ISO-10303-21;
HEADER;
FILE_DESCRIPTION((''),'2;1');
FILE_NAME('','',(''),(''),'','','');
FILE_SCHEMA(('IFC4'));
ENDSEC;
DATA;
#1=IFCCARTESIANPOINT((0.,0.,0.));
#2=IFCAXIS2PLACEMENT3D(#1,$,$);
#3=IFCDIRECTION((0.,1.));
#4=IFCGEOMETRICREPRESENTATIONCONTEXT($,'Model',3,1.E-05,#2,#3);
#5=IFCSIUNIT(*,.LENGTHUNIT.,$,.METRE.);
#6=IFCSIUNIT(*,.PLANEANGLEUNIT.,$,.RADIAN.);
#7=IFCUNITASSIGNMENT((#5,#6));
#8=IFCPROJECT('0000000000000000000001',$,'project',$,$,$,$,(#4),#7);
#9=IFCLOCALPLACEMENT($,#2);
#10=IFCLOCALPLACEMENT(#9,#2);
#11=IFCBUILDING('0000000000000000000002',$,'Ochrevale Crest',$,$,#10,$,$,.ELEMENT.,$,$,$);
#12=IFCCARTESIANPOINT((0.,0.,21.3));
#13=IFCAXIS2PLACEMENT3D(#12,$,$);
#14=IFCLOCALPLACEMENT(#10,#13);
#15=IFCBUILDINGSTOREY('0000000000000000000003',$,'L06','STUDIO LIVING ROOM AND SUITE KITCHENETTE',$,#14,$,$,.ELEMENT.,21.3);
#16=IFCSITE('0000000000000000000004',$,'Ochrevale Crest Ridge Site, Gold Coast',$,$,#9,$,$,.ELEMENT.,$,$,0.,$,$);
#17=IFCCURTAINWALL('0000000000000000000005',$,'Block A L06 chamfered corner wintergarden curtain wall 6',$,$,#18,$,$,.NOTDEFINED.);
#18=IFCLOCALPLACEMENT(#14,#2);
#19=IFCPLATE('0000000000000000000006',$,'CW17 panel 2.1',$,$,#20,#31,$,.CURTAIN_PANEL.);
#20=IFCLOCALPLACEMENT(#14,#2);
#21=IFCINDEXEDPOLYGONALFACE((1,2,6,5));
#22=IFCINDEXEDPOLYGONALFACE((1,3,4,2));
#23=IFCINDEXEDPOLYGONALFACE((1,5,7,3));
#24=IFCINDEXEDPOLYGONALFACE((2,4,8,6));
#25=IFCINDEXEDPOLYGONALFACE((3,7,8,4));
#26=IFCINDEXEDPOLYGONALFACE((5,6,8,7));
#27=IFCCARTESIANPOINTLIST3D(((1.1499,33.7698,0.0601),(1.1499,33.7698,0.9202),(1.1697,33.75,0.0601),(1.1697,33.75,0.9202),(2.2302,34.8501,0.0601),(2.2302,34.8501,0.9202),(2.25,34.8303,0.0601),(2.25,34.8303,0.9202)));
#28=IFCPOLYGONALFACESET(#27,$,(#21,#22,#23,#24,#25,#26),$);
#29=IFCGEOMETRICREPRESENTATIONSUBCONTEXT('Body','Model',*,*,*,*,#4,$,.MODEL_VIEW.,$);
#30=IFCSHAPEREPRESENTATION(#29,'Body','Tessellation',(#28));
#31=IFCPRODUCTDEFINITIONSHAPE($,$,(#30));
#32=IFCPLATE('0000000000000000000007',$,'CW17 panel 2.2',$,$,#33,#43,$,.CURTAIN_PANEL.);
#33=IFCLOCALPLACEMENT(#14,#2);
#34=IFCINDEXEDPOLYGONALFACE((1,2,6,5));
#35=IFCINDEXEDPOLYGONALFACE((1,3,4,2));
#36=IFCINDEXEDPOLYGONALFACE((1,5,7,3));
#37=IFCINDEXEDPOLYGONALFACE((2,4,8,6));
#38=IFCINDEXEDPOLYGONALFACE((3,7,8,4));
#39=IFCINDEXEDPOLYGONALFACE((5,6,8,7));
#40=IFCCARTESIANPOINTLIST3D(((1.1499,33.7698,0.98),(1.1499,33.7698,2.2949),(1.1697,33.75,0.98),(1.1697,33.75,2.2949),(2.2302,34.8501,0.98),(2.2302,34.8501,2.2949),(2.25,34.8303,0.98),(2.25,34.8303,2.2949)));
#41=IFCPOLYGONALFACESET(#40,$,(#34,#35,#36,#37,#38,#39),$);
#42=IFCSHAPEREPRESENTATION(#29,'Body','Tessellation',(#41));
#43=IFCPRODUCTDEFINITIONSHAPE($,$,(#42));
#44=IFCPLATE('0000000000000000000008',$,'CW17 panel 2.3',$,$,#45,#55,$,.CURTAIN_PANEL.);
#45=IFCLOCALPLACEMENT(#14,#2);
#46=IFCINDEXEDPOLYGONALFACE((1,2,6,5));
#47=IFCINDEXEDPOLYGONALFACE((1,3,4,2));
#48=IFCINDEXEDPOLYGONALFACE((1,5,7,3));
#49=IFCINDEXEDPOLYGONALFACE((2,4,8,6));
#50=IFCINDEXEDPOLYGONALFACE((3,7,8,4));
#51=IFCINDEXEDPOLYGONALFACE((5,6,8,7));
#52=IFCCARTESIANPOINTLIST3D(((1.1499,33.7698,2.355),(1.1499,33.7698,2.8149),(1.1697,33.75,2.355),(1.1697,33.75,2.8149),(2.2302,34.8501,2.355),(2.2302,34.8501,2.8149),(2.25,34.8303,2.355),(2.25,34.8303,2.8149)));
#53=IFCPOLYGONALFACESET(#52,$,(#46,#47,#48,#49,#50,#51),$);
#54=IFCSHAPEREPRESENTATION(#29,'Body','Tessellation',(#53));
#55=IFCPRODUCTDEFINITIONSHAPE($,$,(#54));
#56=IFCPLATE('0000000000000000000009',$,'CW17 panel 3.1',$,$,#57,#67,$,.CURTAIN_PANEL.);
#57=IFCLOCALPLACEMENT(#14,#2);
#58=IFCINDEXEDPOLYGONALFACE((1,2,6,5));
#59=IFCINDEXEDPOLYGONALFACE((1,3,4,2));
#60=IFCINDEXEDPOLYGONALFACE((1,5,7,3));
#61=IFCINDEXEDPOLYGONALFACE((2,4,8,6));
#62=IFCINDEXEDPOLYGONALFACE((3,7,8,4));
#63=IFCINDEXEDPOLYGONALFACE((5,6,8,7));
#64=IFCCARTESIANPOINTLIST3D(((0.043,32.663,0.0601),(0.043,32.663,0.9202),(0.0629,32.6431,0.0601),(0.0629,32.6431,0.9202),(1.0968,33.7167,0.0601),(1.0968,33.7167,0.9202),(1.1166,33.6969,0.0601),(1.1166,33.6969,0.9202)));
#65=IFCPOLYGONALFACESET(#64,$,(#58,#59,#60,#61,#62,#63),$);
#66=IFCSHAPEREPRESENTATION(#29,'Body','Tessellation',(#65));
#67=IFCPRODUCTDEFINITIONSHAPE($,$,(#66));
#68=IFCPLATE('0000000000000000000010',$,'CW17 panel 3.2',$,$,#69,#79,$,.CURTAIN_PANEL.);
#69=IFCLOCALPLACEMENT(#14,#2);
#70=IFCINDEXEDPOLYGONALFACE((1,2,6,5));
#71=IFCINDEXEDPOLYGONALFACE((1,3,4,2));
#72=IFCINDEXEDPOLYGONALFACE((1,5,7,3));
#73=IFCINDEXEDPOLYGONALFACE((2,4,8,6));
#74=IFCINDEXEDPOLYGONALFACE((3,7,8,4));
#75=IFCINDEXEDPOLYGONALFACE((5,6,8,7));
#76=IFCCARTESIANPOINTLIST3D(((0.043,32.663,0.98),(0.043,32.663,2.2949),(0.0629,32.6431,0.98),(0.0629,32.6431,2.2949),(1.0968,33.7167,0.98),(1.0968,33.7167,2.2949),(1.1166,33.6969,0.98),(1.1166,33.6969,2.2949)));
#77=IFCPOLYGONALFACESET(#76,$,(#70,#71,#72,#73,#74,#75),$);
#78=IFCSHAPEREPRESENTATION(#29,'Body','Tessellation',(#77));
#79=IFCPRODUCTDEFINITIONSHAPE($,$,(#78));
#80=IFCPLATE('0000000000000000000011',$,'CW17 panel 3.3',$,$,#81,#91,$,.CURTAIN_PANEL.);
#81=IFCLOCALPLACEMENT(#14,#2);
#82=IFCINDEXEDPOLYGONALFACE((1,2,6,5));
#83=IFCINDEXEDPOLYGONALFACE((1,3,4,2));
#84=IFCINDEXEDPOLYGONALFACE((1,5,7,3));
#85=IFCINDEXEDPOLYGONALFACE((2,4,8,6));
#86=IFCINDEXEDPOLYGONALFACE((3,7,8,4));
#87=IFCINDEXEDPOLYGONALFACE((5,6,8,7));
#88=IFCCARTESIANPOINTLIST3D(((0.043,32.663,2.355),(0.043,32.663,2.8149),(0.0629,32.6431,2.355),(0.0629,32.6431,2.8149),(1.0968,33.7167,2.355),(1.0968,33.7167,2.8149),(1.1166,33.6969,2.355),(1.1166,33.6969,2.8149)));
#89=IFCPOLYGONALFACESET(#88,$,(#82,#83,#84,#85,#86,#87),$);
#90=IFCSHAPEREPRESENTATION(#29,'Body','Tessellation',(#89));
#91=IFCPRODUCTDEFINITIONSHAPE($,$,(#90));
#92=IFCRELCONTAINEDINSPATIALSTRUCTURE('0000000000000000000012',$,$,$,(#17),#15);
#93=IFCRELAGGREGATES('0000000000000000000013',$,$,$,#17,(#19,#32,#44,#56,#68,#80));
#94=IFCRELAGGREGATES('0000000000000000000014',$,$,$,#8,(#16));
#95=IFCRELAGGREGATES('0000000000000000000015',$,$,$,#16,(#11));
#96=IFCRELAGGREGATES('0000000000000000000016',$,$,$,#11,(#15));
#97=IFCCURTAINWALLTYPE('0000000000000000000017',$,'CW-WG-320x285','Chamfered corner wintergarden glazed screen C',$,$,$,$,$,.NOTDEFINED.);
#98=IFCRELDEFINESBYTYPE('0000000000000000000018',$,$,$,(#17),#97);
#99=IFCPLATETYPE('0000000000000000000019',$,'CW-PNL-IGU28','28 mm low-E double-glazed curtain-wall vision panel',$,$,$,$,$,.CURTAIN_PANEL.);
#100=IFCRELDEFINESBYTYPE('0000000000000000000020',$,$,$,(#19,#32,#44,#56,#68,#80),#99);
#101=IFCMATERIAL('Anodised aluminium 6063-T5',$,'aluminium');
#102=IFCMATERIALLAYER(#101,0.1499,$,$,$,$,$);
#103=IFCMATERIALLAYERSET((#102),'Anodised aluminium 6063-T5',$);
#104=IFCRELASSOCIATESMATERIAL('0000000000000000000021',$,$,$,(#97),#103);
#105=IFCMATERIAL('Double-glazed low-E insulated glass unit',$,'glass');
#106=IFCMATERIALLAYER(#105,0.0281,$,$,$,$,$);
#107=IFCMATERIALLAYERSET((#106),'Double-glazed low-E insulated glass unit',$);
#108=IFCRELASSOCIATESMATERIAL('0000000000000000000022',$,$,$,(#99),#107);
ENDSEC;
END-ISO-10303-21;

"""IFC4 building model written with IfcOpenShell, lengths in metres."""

from ifc_helpers import new_model, si_unit, direction, frame, origin, origin_2d, place, context, subcontext, project, spatial, rectangle, extrude, material, layer, layer_set, type_object, element, aggregate, save


model = new_model("IFC4")

# Units and contexts
model_context = context("Model", 3, precision=1e-05, world=origin(), true_north=direction((0.0, 1.0)))
body_context = subcontext(model_context, "Body", "Model", "MODEL_VIEW")
ifc_project = project(units=[si_unit("LENGTHUNIT", "METRE"), si_unit("PLANEANGLEUNIT", "RADIAN")], contexts=[model_context])

# Site, building, storey
site_placement = place(None, origin())
site = spatial("IfcSite", under=ifc_project, at=site_placement, Name="Ochrevale Crest Ridge Site, Gold Coast", CompositionType="ELEMENT", RefElevation=0.0)
building_placement = place(site_placement, origin())
building = spatial("IfcBuilding", under=site, at=building_placement, Name="Ochrevale Crest", CompositionType="ELEMENT")
storey_placement = place(building_placement, frame((0.0, 0.0, 21.3)))
storey = spatial("IfcBuildingStorey", under=building, at=storey_placement, Name="L06", Description="STUDIO LIVING ROOM AND SUITE KITCHENETTE", CompositionType="ELEMENT", Elevation=21.3)

# Curtain wall, plates
ifc_material_1 = material(Name="Anodised aluminium 6063-T5", Category="aluminium")
ifc_layer_1 = layer(ifc_material_1, 0.1499)
ifc_layer_set_1 = layer_set([ifc_layer_1], Name="Anodised aluminium 6063-T5")
curtain_wall_type = type_object("IfcCurtainWallType", Name="CW-WG-320x285", Description="Chamfered corner wintergarden glazed screen C", PredefinedType="NOTDEFINED", material=ifc_layer_set_1)
curtain_wall_placement = place(storey_placement, origin())
curtain_wall = element("IfcCurtainWall", 1, at=curtain_wall_placement, inside=storey, type_object=curtain_wall_type, Name="Block A L06 chamfered corner wintergarden curtain wall 6", PredefinedType="NOTDEFINED")
ifc_material_2 = material(Name="Double-glazed low-E insulated glass unit", Category="glass")
ifc_layer_2 = layer(ifc_material_2, 0.0281)
ifc_layer_set_2 = layer_set([ifc_layer_2], Name="Double-glazed low-E insulated glass unit")
plate_type = type_object("IfcPlateType", Name="CW-PNL-IGU28", Description="28 mm low-E double-glazed curtain-wall vision panel", PredefinedType="CURTAIN_PANEL", material=ifc_layer_set_2)
plate_1_placement = place(storey_placement, frame((1.7, 34.3, 0.0601), z_axis=(0.0, 0.0, 1.0), x_axis=(-0.707107, -0.707107, 0.0)))
plate_1 = element("IfcPlate", 2, at=plate_1_placement, type_object=plate_type, Name="CW17 panel 2.1", PredefinedType="CURTAIN_PANEL", context=body_context, shape_type="SweptSolid", body=[
    extrude(rectangle(XDim=1.5278, YDim=0.0281, at=origin_2d()), origin(), (0.0, 0.0, 1.0), 0.8601),
])
plate_2_placement = place(storey_placement, frame((1.7, 34.3, 0.98), z_axis=(0.0, 0.0, 1.0), x_axis=(-0.707107, -0.707107, 0.0)))
plate_2 = element("IfcPlate", 3, at=plate_2_placement, type_object=plate_type, Name="CW17 panel 2.2", PredefinedType="CURTAIN_PANEL", context=body_context, shape_type="SweptSolid", body=[
    extrude(rectangle(XDim=1.5278, YDim=0.0281, at=origin_2d()), origin(), (0.0, 0.0, 1.0), 1.3149),
])
plate_3_placement = place(storey_placement, frame((1.7, 34.3, 2.355), z_axis=(0.0, 0.0, 1.0), x_axis=(-0.707107, -0.707107, 0.0)))
plate_3 = element("IfcPlate", 4, at=plate_3_placement, type_object=plate_type, Name="CW17 panel 2.3", PredefinedType="CURTAIN_PANEL", context=body_context, shape_type="SweptSolid", body=[
    extrude(rectangle(XDim=1.5278, YDim=0.0281, at=origin_2d()), origin(), (0.0, 0.0, 1.0), 0.46),
])
plate_4_placement = place(storey_placement, frame((0.5798, 33.1799, 0.0601), z_axis=(0.0, 0.0, 1.0), x_axis=(-0.707107, -0.707107, 0.0)))
plate_4 = element("IfcPlate", 5, at=plate_4_placement, type_object=plate_type, Name="CW17 panel 3.1", PredefinedType="CURTAIN_PANEL", context=body_context, shape_type="SweptSolid", body=[
    extrude(rectangle(XDim=1.4902, YDim=0.0281, at=origin_2d()), origin(), (0.0, 0.0, 1.0), 0.8601),
])
plate_5_placement = place(storey_placement, frame((0.5798, 33.1799, 0.98), z_axis=(0.0, 0.0, 1.0), x_axis=(-0.707107, -0.707107, 0.0)))
plate_5 = element("IfcPlate", 6, at=plate_5_placement, type_object=plate_type, Name="CW17 panel 3.2", PredefinedType="CURTAIN_PANEL", context=body_context, shape_type="SweptSolid", body=[
    extrude(rectangle(XDim=1.4902, YDim=0.0281, at=origin_2d()), origin(), (0.0, 0.0, 1.0), 1.3149),
])
plate_6_placement = place(storey_placement, frame((0.5798, 33.1799, 2.355), z_axis=(0.0, 0.0, 1.0), x_axis=(-0.707107, -0.707107, 0.0)))
plate_6 = element("IfcPlate", 7, at=plate_6_placement, type_object=plate_type, Name="CW17 panel 3.3", PredefinedType="CURTAIN_PANEL", context=body_context, shape_type="SweptSolid", body=[
    extrude(rectangle(XDim=1.4902, YDim=0.0281, at=origin_2d()), origin(), (0.0, 0.0, 1.0), 0.46),
])
aggregate(curtain_wall, [plate_1, plate_2, plate_3, plate_4, plate_5, plate_6])

save(model, "model.ifc")
